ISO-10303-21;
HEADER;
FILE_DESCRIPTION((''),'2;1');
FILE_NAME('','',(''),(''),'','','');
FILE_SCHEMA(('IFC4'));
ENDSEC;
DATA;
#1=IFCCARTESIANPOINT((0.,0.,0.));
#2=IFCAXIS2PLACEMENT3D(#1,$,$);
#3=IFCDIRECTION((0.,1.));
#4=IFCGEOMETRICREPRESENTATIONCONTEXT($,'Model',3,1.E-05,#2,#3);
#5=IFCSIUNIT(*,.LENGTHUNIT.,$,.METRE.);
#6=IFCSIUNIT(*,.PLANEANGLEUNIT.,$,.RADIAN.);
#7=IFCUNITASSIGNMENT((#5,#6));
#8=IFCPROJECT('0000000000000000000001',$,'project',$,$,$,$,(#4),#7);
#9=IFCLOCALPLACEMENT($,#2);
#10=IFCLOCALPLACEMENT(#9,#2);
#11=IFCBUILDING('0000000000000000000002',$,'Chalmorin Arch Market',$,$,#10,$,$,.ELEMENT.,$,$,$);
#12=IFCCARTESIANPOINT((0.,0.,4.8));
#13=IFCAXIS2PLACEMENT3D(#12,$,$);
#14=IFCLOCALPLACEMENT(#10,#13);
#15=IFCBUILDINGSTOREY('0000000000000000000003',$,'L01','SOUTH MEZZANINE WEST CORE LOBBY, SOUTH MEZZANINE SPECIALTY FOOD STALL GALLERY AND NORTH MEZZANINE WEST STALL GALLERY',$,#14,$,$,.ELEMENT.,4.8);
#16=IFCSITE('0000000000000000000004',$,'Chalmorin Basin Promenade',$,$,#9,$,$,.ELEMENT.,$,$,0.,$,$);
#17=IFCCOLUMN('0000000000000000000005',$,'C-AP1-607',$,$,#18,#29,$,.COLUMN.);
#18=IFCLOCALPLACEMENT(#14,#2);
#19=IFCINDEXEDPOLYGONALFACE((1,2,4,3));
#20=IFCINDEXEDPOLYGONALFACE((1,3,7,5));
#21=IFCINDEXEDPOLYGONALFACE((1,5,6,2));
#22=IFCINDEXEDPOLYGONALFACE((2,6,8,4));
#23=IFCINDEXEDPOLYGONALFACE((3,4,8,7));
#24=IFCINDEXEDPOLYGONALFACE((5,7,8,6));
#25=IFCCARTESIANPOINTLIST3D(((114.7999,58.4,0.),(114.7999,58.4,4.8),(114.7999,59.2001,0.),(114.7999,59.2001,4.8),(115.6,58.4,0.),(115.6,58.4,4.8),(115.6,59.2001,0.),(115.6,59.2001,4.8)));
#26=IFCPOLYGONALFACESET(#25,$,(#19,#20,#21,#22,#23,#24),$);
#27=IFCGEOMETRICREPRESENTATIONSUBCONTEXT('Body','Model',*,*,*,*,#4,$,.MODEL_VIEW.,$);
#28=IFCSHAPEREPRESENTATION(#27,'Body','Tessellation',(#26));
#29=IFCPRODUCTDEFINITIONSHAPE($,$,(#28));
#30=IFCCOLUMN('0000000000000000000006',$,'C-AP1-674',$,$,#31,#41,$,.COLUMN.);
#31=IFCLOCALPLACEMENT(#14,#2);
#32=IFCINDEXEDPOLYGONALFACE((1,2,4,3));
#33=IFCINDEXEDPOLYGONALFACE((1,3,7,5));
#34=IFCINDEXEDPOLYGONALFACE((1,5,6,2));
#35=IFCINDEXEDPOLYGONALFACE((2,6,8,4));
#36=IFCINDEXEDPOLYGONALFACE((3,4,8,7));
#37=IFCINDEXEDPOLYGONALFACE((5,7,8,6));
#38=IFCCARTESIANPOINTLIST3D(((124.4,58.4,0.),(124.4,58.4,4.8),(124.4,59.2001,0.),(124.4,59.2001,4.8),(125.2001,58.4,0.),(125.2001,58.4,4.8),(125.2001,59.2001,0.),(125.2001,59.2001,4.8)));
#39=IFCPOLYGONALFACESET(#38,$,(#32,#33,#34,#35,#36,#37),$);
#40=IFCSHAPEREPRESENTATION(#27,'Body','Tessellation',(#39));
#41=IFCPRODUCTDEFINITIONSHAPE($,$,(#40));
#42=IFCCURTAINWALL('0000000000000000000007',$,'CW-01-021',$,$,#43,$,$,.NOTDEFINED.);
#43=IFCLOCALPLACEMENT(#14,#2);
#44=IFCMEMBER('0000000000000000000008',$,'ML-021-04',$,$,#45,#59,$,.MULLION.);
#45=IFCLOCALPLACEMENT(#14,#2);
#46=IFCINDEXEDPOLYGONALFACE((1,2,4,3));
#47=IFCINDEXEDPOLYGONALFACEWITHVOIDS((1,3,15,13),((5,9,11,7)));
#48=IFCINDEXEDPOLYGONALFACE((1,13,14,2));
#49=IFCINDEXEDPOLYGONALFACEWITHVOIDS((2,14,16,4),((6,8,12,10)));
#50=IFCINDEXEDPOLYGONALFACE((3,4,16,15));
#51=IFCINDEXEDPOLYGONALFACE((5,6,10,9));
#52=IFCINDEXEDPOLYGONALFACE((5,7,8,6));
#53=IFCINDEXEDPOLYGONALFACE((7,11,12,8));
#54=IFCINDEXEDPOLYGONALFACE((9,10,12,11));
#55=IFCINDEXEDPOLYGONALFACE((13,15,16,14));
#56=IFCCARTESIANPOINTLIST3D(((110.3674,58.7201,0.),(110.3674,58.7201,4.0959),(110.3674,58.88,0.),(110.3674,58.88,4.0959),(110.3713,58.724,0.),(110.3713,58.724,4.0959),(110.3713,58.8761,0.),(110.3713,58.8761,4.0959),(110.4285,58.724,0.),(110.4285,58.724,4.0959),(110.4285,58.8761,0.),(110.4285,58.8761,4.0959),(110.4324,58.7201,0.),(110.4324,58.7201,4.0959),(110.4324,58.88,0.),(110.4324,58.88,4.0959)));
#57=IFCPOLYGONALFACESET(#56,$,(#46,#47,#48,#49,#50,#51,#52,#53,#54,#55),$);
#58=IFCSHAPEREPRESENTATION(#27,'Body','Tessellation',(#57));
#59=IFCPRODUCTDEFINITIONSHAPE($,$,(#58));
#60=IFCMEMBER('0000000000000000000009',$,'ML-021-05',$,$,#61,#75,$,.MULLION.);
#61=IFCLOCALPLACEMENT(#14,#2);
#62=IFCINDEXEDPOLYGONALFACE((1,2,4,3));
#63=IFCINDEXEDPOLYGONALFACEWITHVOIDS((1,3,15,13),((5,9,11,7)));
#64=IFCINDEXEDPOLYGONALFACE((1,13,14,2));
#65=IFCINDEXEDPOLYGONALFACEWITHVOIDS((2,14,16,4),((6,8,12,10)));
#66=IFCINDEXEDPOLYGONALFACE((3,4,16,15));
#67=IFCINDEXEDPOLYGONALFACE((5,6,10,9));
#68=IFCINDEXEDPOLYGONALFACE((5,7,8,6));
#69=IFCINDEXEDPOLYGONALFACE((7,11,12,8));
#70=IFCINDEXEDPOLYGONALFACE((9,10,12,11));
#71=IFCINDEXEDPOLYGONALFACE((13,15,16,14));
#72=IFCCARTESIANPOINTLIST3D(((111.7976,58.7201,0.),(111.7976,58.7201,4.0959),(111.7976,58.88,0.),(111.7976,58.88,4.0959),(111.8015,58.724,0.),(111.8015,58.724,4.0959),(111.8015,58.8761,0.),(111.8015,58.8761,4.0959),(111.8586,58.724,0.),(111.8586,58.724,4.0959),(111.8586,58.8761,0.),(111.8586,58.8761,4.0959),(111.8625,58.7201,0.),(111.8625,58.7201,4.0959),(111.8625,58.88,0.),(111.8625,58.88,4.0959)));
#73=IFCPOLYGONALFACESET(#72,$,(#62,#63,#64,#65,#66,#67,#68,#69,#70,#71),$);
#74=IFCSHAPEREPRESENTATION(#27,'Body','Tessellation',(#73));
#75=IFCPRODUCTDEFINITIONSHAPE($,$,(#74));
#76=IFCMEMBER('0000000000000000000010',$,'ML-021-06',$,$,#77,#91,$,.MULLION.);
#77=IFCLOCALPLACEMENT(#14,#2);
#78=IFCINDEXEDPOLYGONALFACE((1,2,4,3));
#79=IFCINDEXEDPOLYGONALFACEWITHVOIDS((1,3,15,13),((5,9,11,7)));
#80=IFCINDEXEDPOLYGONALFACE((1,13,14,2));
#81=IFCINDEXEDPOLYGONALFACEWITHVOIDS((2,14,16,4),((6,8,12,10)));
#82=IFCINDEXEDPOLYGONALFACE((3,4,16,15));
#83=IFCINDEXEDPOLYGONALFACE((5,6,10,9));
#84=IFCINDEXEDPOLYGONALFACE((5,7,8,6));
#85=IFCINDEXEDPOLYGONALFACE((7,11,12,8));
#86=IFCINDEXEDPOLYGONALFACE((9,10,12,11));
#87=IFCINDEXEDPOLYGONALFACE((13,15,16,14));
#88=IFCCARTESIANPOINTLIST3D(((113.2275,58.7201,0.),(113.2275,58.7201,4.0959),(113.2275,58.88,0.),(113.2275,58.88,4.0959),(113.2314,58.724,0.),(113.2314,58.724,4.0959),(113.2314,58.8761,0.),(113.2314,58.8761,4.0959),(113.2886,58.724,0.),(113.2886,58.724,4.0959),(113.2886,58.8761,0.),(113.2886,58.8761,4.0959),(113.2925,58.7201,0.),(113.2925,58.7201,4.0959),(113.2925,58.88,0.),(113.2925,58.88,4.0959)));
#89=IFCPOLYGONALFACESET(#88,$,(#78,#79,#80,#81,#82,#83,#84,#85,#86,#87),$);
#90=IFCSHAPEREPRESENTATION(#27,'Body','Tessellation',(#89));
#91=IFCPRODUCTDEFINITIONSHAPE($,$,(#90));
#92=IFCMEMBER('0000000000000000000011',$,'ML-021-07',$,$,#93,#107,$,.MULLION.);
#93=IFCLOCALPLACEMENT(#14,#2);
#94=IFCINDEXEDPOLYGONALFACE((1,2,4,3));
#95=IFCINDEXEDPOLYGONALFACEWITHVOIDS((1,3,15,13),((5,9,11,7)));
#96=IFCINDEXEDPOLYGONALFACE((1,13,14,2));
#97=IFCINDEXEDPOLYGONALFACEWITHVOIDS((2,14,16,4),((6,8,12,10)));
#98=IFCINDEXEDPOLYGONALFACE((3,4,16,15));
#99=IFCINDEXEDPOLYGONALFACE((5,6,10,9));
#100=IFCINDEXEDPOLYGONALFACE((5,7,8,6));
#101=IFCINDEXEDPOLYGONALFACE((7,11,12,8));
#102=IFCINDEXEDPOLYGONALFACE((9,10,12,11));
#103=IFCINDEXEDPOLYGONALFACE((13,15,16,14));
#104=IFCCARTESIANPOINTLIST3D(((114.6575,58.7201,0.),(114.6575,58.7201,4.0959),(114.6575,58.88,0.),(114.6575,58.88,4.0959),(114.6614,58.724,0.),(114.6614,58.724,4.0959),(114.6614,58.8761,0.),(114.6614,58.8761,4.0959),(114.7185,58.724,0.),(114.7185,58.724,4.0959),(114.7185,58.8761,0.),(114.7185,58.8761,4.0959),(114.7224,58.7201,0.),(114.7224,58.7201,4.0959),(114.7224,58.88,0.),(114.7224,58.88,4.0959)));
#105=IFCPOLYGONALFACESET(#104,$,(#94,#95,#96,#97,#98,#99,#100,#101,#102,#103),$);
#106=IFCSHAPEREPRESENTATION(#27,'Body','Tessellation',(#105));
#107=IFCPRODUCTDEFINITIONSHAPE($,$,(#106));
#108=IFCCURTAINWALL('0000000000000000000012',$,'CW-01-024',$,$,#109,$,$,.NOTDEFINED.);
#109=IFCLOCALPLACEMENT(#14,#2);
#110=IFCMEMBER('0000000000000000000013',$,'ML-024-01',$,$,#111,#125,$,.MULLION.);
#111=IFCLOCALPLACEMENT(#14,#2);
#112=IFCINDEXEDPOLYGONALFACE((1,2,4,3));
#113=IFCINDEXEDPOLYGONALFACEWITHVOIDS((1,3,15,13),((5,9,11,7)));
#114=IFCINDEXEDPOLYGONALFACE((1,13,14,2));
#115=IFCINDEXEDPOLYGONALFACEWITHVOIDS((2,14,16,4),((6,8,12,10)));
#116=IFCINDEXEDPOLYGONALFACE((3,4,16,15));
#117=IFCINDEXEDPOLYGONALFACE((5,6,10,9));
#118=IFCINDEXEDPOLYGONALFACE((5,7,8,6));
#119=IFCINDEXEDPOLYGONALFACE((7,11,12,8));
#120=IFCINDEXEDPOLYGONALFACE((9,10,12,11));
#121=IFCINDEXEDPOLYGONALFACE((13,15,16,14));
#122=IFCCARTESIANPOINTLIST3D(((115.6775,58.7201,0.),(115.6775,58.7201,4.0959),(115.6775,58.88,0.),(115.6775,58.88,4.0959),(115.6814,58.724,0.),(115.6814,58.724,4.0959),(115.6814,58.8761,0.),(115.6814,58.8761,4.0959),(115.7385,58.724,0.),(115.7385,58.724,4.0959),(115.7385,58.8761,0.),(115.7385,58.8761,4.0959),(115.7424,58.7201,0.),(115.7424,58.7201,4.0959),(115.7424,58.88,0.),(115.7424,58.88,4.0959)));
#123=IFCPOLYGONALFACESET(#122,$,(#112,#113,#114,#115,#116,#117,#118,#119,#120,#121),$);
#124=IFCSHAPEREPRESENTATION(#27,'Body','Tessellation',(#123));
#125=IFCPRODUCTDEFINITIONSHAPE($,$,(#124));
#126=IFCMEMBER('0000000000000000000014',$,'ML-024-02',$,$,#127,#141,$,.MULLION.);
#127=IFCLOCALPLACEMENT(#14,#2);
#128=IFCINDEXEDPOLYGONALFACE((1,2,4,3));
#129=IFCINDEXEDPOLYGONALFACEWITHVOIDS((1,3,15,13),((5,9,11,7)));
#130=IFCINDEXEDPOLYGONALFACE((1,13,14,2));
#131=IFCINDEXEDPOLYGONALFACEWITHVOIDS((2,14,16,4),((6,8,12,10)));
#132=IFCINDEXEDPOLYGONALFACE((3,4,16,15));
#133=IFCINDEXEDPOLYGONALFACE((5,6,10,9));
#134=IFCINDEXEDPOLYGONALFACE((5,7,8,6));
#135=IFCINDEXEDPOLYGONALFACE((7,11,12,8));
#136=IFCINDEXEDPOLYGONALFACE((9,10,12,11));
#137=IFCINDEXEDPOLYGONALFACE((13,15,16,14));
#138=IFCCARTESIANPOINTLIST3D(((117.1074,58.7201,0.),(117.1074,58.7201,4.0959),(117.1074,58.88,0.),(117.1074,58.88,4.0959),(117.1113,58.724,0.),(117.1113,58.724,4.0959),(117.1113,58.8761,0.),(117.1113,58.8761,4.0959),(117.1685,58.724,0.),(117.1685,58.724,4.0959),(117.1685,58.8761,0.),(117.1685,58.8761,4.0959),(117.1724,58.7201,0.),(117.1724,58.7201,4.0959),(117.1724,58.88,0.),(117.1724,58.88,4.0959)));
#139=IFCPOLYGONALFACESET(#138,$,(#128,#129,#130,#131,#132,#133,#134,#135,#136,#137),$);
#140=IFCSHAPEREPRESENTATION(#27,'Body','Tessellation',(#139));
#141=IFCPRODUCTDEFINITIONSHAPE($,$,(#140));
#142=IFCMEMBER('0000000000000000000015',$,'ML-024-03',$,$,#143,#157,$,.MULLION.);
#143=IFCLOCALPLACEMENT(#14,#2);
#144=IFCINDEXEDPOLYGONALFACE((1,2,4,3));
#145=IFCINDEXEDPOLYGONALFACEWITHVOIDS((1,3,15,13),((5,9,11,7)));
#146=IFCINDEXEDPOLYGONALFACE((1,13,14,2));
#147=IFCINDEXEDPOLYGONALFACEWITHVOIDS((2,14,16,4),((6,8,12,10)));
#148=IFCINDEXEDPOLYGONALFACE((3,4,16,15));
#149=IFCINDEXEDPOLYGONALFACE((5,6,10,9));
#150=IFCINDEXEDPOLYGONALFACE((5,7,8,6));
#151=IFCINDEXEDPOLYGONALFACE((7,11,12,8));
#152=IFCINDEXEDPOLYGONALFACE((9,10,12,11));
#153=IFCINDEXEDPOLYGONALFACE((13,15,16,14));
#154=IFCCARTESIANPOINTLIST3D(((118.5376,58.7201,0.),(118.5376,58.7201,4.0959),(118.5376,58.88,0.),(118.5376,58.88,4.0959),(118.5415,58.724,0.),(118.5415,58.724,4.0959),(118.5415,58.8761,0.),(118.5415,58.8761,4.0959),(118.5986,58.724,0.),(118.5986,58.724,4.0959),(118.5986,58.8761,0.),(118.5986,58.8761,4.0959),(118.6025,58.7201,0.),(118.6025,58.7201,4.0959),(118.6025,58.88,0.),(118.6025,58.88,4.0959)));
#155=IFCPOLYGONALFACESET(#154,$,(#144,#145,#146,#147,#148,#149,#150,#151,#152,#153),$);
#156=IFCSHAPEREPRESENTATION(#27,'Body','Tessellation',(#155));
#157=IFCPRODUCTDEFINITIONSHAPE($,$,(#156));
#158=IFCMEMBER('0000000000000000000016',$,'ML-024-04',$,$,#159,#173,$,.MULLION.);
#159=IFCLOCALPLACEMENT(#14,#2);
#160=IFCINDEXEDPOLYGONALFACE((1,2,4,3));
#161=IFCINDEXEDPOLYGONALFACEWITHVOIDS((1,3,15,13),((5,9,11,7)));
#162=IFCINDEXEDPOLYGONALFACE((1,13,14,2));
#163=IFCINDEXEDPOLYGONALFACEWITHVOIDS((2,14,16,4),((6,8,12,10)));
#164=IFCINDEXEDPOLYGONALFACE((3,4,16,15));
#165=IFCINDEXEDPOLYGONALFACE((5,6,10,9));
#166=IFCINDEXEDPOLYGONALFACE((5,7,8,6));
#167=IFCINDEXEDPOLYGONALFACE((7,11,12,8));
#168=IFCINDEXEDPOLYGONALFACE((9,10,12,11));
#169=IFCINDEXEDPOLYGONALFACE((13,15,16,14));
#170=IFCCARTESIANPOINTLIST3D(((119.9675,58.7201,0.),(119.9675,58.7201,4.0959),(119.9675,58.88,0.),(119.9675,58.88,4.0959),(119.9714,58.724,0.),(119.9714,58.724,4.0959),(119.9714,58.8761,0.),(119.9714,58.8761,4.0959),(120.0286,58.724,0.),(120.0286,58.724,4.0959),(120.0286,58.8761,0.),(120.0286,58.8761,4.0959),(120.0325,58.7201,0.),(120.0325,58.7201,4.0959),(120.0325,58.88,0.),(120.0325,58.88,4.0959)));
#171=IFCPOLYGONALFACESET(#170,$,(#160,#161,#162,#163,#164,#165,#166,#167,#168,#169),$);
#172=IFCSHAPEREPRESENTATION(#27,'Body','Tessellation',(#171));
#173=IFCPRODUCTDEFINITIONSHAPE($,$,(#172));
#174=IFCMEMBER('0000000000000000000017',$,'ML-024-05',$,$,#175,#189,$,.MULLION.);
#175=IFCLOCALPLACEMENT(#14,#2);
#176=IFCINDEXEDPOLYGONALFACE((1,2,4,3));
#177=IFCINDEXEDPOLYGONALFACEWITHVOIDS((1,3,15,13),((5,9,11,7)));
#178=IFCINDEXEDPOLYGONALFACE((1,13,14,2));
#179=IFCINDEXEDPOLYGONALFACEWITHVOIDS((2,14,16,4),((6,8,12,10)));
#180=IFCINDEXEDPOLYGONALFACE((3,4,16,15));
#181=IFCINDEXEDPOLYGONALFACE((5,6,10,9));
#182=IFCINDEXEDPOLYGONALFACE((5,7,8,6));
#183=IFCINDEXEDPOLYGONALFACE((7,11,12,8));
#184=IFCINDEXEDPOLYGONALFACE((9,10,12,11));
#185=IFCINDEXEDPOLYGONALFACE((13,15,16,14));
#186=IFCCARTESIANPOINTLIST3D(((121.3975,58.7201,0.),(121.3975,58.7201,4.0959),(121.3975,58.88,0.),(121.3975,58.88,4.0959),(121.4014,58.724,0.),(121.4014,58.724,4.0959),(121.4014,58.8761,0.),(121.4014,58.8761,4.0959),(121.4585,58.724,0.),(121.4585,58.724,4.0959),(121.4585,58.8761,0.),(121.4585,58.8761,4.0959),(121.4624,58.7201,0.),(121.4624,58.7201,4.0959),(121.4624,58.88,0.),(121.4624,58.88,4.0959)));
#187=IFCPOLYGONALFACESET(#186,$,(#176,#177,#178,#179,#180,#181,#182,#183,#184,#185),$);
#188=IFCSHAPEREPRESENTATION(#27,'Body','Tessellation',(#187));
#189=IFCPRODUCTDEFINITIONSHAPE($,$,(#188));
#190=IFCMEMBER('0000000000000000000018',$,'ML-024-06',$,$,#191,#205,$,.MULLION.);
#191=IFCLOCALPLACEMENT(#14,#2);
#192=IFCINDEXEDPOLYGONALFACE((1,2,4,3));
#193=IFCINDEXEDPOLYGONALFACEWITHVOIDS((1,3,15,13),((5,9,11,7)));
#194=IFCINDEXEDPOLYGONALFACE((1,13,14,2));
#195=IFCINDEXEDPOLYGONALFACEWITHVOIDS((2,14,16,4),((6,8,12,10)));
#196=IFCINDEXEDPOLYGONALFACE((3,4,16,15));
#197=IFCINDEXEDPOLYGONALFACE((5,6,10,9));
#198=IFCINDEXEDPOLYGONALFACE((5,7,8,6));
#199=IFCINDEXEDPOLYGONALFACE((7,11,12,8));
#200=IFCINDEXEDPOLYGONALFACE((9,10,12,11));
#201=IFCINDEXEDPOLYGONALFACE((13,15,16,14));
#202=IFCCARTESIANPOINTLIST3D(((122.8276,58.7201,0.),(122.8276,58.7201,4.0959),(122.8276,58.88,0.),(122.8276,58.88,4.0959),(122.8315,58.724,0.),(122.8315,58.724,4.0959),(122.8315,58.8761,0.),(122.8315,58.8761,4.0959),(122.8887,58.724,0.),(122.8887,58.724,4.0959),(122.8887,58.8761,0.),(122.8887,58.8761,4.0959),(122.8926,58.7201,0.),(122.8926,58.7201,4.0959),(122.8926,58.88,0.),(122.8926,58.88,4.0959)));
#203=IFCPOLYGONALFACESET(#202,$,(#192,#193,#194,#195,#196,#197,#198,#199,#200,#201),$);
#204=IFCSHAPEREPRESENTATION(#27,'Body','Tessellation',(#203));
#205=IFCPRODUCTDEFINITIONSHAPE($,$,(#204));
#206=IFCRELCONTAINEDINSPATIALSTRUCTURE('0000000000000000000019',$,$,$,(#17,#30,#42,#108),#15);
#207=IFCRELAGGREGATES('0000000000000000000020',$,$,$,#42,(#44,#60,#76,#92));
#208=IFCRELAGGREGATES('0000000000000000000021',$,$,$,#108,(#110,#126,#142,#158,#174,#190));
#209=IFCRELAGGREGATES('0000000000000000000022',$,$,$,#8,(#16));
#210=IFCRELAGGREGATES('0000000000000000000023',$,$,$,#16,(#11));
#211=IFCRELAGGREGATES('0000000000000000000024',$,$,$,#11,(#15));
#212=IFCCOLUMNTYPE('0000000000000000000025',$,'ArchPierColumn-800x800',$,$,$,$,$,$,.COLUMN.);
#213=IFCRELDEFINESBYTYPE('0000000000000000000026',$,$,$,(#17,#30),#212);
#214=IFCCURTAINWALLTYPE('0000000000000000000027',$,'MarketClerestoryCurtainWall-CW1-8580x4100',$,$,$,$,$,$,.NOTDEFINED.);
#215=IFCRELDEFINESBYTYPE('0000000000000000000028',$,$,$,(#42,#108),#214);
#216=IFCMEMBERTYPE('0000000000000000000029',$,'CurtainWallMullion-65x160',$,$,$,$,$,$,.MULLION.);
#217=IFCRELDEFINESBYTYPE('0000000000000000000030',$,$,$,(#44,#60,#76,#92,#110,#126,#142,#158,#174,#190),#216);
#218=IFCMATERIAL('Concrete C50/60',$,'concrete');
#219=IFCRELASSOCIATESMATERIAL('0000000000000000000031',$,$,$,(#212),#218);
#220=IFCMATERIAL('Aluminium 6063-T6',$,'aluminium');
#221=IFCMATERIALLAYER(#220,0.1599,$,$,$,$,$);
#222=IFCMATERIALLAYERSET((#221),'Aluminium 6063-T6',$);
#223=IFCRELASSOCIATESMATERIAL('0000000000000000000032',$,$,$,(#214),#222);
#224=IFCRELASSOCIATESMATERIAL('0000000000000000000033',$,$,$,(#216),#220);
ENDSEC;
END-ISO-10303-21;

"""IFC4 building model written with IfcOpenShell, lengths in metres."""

from ifc_helpers import new_model, si_unit, direction, frame, origin, origin_2d, place, context, subcontext, project, spatial, rectangle, hollow_rectangle, extrude, material, layer, layer_set, material_profile, profile_set, type_object, element, aggregate, save


model = new_model("IFC4")

# Units and contexts
model_context = context("Model", 3, precision=1e-05, world=origin(), true_north=direction((0.0, 1.0)))
body_context = subcontext(model_context, "Body", "Model", "MODEL_VIEW")
ifc_project = project(units=[si_unit("LENGTHUNIT", "METRE"), si_unit("PLANEANGLEUNIT", "RADIAN")], contexts=[model_context])

# Site, building, storey
site_placement = place(None, origin())
site = spatial("IfcSite", under=ifc_project, at=site_placement, Name="Chalmorin Basin Promenade", CompositionType="ELEMENT", RefElevation=0.0)
building_placement = place(site_placement, origin())
building = spatial("IfcBuilding", under=site, at=building_placement, Name="Chalmorin Arch Market", CompositionType="ELEMENT")
storey_placement = place(building_placement, frame((0.0, 0.0, 4.8)))
storey = spatial("IfcBuildingStorey", under=building, at=storey_placement, Name="L01", Description="SOUTH MEZZANINE WEST CORE LOBBY, SOUTH MEZZANINE SPECIALTY FOOD STALL GALLERY AND NORTH MEZZANINE WEST STALL GALLERY", CompositionType="ELEMENT", Elevation=4.8)

# Columns
ifc_material_1 = material(Name="Concrete C50/60", Category="concrete")
ifc_material_profile_1 = material_profile(ifc_material_1, rectangle(XDim=0.8, YDim=0.8, at=origin_2d()), Name="RC800X800")
ifc_profile_set_1 = profile_set([ifc_material_profile_1], Name="Concrete C50/60")
column_type = type_object("IfcColumnType", Name="ArchPierColumn-800x800", PredefinedType="COLUMN", material=ifc_profile_set_1)
for number, where, z_axis, x_axis, name in (
    (1, (115.2, 58.8, 0.0), (0.0, 0.0, 1.0), (1.0, 0.0, 0.0), "C-AP1-607"),
    (2, (124.8, 58.8, 0.0), (0.0, 0.0, 1.0), (1.0, 0.0, 0.0), "C-AP1-674"),
):
    element("IfcColumn", number, at=place(storey_placement, frame(where, z_axis=z_axis, x_axis=x_axis)), inside=storey, type_object=column_type, Name=name, PredefinedType="COLUMN", context=body_context, shape_type="SweptSolid", body=[
        extrude(rectangle(XDim=0.8, YDim=0.8, at=origin_2d()), origin(), (0.0, 0.0, 1.0), 4.8),
    ])

# Curtain walls, members
ifc_material_2 = material(Name="Aluminium 6063-T6", Category="aluminium")
ifc_layer_1 = layer(ifc_material_2, 0.1599)
ifc_layer_set_1 = layer_set([ifc_layer_1], Name="Aluminium 6063-T6")
curtain_wall_type = type_object("IfcCurtainWallType", Name="MarketClerestoryCurtainWall-CW1-8580x4100", PredefinedType="NOTDEFINED", material=ifc_layer_set_1)
curtain_wall_1_placement = place(storey_placement, origin())
curtain_wall_1 = element("IfcCurtainWall", 3, at=curtain_wall_1_placement, inside=storey, type_object=curtain_wall_type, Name="CW-01-021", PredefinedType="NOTDEFINED")
ifc_material_profile_2 = material_profile(ifc_material_2, hollow_rectangle(XDim=0.0649, YDim=0.1599, WallThickness=0.0039, at=origin_2d()), Name="ALU65X160X4")
ifc_profile_set_2 = profile_set([ifc_material_profile_2], Name="Aluminium 6063-T6")
member_type_1 = type_object("IfcMemberType", Name="CurtainWallMullion-65x160", PredefinedType="MULLION", material=ifc_profile_set_2)
member_1_placement = place(storey_placement, frame((110.3999, 58.8, 0.0), z_axis=(0.0, 0.0, 1.0), x_axis=(1.0, 0.0, 0.0)))
member_1 = element("IfcMember", 4, at=member_1_placement, type_object=member_type_1, Name="ML-021-04", PredefinedType="MULLION", context=body_context, shape_type="SweptSolid", body=[
    extrude(hollow_rectangle(XDim=0.0649, YDim=0.1599, WallThickness=0.0039, at=origin_2d()), origin(), (0.0, 0.0, 1.0), 4.0959),
])
member_2_placement = place(storey_placement, frame((111.8301, 58.8, 0.0), z_axis=(0.0, 0.0, 1.0), x_axis=(1.0, 0.0, 0.0)))
member_2 = element("IfcMember", 5, at=member_2_placement, type_object=member_type_1, Name="ML-021-05", PredefinedType="MULLION", context=body_context, shape_type="SweptSolid", body=[
    extrude(hollow_rectangle(XDim=0.0649, YDim=0.1599, WallThickness=0.0039, at=origin_2d()), origin(), (0.0, 0.0, 1.0), 4.0959),
])
member_3_placement = place(storey_placement, frame((113.26, 58.8, 0.0), z_axis=(0.0, 0.0, 1.0), x_axis=(1.0, 0.0, 0.0)))
member_3 = element("IfcMember", 6, at=member_3_placement, type_object=member_type_1, Name="ML-021-06", PredefinedType="MULLION", context=body_context, shape_type="SweptSolid", body=[
    extrude(hollow_rectangle(XDim=0.0649, YDim=0.1599, WallThickness=0.0039, at=origin_2d()), origin(), (0.0, 0.0, 1.0), 4.0959),
])
member_4_placement = place(storey_placement, frame((114.6899, 58.8, 0.0), z_axis=(0.0, 0.0, 1.0), x_axis=(1.0, 0.0, 0.0)))
member_4 = element("IfcMember", 7, at=member_4_placement, type_object=member_type_1, Name="ML-021-07", PredefinedType="MULLION", context=body_context, shape_type="SweptSolid", body=[
    extrude(hollow_rectangle(XDim=0.0649, YDim=0.1599, WallThickness=0.0039, at=origin_2d()), origin(), (0.0, 0.0, 1.0), 4.0959),
])
curtain_wall_2_placement = place(storey_placement, origin())
curtain_wall_2 = element("IfcCurtainWall", 8, at=curtain_wall_2_placement, inside=storey, type_object=curtain_wall_type, Name="CW-01-024", PredefinedType="NOTDEFINED")
member_5_placement = place(storey_placement, frame((115.71, 58.8, 0.0), z_axis=(0.0, 0.0, 1.0), x_axis=(1.0, 0.0, 0.0)))
member_5 = element("IfcMember", 9, at=member_5_placement, type_object=member_type_1, Name="ML-024-01", PredefinedType="MULLION", context=body_context, shape_type="SweptSolid", body=[
    extrude(hollow_rectangle(XDim=0.0649, YDim=0.1599, WallThickness=0.0039, at=origin_2d()), origin(), (0.0, 0.0, 1.0), 4.0959),
])
member_6_placement = place(storey_placement, frame((117.1399, 58.8, 0.0), z_axis=(0.0, 0.0, 1.0), x_axis=(1.0, 0.0, 0.0)))
member_6 = element("IfcMember", 10, at=member_6_placement, type_object=member_type_1, Name="ML-024-02", PredefinedType="MULLION", context=body_context, shape_type="SweptSolid", body=[
    extrude(hollow_rectangle(XDim=0.0649, YDim=0.1599, WallThickness=0.0039, at=origin_2d()), origin(), (0.0, 0.0, 1.0), 4.0959),
])
member_7_placement = place(storey_placement, frame((118.5701, 58.8, 0.0), z_axis=(0.0, 0.0, 1.0), x_axis=(1.0, 0.0, 0.0)))
member_7 = element("IfcMember", 11, at=member_7_placement, type_object=member_type_1, Name="ML-024-03", PredefinedType="MULLION", context=body_context, shape_type="SweptSolid", body=[
    extrude(hollow_rectangle(XDim=0.0649, YDim=0.1599, WallThickness=0.0039, at=origin_2d()), origin(), (0.0, 0.0, 1.0), 4.0959),
])
member_8_placement = place(storey_placement, frame((120.0, 58.8, 0.0), z_axis=(0.0, 0.0, 1.0), x_axis=(1.0, 0.0, 0.0)))
member_8 = element("IfcMember", 12, at=member_8_placement, type_object=member_type_1, Name="ML-024-04", PredefinedType="MULLION", context=body_context, shape_type="SweptSolid", body=[
    extrude(hollow_rectangle(XDim=0.0649, YDim=0.1599, WallThickness=0.0039, at=origin_2d()), origin(), (0.0, 0.0, 1.0), 4.0959),
])
member_9_placement = place(storey_placement, frame((121.4299, 58.8, 0.0), z_axis=(0.0, 0.0, 1.0), x_axis=(1.0, 0.0, 0.0)))
member_9 = element("IfcMember", 13, at=member_9_placement, type_object=member_type_1, Name="ML-024-05", PredefinedType="MULLION", context=body_context, shape_type="SweptSolid", body=[
    extrude(hollow_rectangle(XDim=0.0649, YDim=0.1599, WallThickness=0.0039, at=origin_2d()), origin(), (0.0, 0.0, 1.0), 4.0959),
])
member_10_placement = place(storey_placement, frame((122.8601, 58.8, 0.0), z_axis=(0.0, 0.0, 1.0), x_axis=(1.0, 0.0, 0.0)))
member_10 = element("IfcMember", 14, at=member_10_placement, type_object=member_type_1, Name="ML-024-06", PredefinedType="MULLION", context=body_context, shape_type="SweptSolid", body=[
    extrude(hollow_rectangle(XDim=0.0649, YDim=0.1599, WallThickness=0.0039, at=origin_2d()), origin(), (0.0, 0.0, 1.0), 4.0959),
])

aggregate(curtain_wall_1, [member_1, member_2, member_3, member_4])
aggregate(curtain_wall_2, [member_5, member_6, member_7, member_8, member_9, member_10])

save(model, "model.ifc")
